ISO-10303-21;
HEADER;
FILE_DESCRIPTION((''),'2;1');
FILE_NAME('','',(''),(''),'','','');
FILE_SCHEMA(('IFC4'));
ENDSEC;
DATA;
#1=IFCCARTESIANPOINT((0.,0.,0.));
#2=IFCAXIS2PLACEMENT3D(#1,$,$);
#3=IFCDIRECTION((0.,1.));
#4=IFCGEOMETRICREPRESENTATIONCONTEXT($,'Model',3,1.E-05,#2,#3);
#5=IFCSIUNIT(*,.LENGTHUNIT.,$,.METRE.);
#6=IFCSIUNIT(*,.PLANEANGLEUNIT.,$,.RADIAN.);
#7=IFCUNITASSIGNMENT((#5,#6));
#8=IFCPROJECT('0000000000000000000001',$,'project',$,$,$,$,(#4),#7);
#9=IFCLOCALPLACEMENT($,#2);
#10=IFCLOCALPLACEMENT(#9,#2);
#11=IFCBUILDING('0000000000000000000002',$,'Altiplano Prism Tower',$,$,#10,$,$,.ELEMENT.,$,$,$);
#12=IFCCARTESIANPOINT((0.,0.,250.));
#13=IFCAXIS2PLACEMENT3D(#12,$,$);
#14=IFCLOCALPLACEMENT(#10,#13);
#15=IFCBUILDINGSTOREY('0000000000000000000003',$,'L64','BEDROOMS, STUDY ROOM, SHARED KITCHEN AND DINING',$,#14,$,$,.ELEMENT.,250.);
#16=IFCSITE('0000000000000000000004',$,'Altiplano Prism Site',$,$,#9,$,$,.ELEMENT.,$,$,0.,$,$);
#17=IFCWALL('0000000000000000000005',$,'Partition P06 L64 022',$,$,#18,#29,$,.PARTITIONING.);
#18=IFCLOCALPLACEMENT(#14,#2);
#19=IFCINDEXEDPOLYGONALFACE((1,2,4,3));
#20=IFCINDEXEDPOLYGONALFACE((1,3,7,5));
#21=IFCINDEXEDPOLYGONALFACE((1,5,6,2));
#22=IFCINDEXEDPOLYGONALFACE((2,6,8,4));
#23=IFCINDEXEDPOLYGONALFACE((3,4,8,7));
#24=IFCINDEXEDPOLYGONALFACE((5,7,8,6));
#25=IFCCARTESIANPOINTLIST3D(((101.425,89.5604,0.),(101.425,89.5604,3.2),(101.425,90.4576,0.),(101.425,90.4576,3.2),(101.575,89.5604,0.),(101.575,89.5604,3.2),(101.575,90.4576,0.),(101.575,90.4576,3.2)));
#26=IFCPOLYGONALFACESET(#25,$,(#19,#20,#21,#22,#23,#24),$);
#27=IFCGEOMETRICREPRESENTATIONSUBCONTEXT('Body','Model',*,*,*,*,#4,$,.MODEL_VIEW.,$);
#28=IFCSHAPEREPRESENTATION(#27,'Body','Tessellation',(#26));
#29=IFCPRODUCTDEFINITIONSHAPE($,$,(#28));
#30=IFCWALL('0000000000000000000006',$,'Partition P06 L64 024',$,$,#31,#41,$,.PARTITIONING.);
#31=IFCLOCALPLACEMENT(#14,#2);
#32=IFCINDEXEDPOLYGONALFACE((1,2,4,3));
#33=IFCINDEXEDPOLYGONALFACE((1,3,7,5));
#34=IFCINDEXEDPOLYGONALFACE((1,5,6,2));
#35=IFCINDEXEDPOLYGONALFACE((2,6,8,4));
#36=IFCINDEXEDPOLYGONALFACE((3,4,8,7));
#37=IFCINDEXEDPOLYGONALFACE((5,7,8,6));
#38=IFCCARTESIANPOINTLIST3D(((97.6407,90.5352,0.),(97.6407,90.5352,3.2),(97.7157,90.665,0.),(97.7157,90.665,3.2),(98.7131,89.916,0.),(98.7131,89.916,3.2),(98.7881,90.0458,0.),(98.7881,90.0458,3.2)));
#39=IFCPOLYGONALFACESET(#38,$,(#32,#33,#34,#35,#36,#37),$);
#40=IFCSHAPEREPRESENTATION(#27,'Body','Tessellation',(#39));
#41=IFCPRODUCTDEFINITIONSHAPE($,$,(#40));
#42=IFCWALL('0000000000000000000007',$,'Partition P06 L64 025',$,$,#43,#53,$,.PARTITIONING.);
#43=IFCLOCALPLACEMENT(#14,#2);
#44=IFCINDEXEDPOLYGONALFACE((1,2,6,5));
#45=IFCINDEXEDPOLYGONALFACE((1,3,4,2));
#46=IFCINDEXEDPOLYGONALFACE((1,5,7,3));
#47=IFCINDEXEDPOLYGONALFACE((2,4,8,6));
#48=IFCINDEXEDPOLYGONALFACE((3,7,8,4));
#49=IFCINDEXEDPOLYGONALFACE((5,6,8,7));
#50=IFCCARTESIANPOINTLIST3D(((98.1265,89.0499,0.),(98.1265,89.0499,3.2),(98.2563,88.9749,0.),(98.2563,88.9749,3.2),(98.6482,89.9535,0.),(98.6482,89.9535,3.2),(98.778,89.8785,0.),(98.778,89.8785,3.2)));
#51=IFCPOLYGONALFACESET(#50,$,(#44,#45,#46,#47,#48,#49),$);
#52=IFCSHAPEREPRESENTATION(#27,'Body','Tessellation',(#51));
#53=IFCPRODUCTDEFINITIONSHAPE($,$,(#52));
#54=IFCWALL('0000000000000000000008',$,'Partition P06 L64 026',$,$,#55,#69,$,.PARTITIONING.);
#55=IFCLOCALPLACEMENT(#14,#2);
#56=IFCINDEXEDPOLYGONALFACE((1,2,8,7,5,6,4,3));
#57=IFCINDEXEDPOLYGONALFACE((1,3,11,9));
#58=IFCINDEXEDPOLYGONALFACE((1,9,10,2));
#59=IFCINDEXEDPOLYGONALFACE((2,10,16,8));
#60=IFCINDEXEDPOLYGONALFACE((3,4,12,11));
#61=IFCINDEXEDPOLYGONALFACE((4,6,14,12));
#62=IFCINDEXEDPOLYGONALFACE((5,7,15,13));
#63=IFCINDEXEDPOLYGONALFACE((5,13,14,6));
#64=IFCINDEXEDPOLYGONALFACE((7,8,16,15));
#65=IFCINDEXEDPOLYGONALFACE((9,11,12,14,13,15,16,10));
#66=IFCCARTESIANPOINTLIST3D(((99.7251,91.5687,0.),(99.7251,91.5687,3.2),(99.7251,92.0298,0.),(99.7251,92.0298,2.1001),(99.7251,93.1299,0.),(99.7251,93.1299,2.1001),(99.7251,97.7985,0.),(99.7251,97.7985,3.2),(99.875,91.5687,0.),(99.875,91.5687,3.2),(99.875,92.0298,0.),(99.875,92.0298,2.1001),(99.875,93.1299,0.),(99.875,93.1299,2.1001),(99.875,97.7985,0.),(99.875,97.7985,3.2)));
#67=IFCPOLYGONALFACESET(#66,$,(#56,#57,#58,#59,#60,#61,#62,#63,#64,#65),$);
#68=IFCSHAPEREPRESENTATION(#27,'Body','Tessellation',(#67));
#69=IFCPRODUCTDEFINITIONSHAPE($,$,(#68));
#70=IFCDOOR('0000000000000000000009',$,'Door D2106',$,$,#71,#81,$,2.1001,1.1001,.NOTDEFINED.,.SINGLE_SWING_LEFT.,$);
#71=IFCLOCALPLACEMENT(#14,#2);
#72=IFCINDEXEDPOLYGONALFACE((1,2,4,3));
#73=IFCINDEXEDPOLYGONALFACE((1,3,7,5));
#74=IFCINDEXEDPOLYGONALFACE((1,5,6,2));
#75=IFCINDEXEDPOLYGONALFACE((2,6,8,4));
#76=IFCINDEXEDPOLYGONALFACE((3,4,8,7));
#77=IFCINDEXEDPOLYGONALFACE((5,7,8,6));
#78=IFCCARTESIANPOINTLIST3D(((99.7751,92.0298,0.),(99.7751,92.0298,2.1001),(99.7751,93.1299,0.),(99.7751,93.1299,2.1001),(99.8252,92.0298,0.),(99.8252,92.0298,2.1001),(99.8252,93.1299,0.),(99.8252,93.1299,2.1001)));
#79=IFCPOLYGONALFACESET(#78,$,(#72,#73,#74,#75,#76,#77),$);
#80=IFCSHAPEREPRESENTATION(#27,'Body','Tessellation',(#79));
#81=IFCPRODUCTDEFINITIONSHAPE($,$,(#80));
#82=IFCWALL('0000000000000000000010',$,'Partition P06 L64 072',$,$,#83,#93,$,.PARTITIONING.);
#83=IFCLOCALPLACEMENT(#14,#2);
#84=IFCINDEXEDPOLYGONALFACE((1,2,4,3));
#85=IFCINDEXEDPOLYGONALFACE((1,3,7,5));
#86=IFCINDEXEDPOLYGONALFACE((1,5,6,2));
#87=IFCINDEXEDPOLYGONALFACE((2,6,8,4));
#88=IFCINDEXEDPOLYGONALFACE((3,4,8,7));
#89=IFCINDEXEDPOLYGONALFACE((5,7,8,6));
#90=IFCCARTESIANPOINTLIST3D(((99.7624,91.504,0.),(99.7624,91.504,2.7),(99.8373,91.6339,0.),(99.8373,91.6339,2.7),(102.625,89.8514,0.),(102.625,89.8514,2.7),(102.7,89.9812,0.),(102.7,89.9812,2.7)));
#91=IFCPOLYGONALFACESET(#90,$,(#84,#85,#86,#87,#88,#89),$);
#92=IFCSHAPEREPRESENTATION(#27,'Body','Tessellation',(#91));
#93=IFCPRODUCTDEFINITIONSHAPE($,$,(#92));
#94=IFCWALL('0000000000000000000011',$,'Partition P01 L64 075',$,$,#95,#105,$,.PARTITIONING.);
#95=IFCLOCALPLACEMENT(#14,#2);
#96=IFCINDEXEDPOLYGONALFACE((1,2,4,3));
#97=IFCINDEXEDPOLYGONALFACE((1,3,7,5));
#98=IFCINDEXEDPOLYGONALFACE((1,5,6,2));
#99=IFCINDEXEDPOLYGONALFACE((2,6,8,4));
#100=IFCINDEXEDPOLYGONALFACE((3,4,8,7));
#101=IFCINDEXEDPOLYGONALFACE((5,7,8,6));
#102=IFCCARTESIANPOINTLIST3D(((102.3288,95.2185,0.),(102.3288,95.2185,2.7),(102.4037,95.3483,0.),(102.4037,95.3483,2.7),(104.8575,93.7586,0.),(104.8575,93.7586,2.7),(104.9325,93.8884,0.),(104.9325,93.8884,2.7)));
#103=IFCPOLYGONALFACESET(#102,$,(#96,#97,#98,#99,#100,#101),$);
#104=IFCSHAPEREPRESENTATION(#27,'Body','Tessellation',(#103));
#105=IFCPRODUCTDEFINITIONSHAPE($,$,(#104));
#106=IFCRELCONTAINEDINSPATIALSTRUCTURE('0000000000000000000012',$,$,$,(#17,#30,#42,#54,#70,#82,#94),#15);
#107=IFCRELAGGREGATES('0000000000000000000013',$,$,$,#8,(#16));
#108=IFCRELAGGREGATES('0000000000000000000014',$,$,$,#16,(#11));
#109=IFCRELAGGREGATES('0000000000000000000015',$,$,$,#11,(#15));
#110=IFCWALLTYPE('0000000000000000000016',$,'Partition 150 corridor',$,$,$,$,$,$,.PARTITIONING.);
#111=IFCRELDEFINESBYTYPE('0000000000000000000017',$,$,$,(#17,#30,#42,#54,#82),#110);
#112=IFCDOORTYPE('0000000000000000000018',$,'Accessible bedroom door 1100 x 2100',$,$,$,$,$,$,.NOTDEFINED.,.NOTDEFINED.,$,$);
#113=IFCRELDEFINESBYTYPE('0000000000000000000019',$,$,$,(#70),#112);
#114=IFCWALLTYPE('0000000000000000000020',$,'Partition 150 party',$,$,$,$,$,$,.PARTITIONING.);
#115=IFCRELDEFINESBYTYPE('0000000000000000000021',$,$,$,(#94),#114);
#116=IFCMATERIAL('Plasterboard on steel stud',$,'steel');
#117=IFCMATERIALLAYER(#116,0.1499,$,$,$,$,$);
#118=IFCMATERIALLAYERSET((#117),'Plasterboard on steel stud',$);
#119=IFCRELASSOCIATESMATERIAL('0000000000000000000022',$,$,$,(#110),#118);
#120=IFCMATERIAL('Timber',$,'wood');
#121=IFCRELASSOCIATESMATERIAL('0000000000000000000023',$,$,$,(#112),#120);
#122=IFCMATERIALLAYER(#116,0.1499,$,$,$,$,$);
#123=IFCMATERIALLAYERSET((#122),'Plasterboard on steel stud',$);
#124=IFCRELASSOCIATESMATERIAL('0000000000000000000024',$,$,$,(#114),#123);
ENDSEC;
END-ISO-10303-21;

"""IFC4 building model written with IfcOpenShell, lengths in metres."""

from ifc_helpers import new_model, si_unit, direction, frame, frame_2d, origin, place, context, subcontext, project, spatial, rectangle, extrude, material, layer, layer_set, type_object, element, fill, save


model = new_model("IFC4")

# Units and contexts
model_context = context("Model", 3, precision=1e-05, world=origin(), true_north=direction((0.0, 1.0)))
body_context = subcontext(model_context, "Body", "Model", "MODEL_VIEW")
ifc_project = project(units=[si_unit("LENGTHUNIT", "METRE"), si_unit("PLANEANGLEUNIT", "RADIAN")], contexts=[model_context])

# Site, building, storey
site_placement = place(None, origin())
site = spatial("IfcSite", under=ifc_project, at=site_placement, Name="Altiplano Prism Site", CompositionType="ELEMENT", RefElevation=0.0)
building_placement = place(site_placement, origin())
building = spatial("IfcBuilding", under=site, at=building_placement, Name="Altiplano Prism Tower", CompositionType="ELEMENT")
storey_placement = place(building_placement, frame((0.0, 0.0, 250.0)))
storey = spatial("IfcBuildingStorey", under=building, at=storey_placement, Name="L64", Description="BEDROOMS, STUDY ROOM, SHARED KITCHEN AND DINING", CompositionType="ELEMENT", Elevation=250.0)

# Shared definitions
ifc_material_1 = material(Name="Plasterboard on steel stud", Category="steel")
ifc_material_2 = material(Name="Timber", Category="wood")

# Walls
ifc_layer_1 = layer(ifc_material_1, 0.1499)
ifc_layer_set_1 = layer_set([ifc_layer_1], Name="Plasterboard on steel stud")
wall_type_1 = type_object("IfcWallType", Name="Partition 150 corridor", PredefinedType="PARTITIONING", material=ifc_layer_set_1)
wall_1_placement = place(storey_placement, frame((101.5, 89.5603, 0.0), z_axis=(0.0, 0.0, 1.0), x_axis=(0.0, 1.0, 0.0)))
element("IfcWall", 1, at=wall_1_placement, inside=storey, type_object=wall_type_1, Name="Partition P06 L64 022", PredefinedType="PARTITIONING", context=body_context, shape_type="SweptSolid", body=[
    extrude(rectangle(XDim=0.8972, YDim=0.1499, at=frame_2d((0.4487, 0.0))), origin(), (0.0, 0.0, 1.0), 3.2),
])
wall_2_placement = place(storey_placement, frame((97.6782, 90.6001, 0.0), z_axis=(0.0, 0.0, 1.0), x_axis=(0.866002, -0.500041, 0.0)))
element("IfcWall", 2, at=wall_2_placement, inside=storey, type_object=wall_type_1, Name="Partition P06 L64 024", PredefinedType="PARTITIONING", context=body_context, shape_type="SweptSolid", body=[
    extrude(rectangle(XDim=1.2383, YDim=0.1499, at=frame_2d((0.6191, 0.0))), origin(), (0.0, 0.0, 1.0), 3.2),
])
wall_3_placement = place(storey_placement, frame((98.7131, 89.916, 0.0), z_axis=(0.0, 0.0, 1.0), x_axis=(-0.50004, -0.866002, 0.0)))
element("IfcWall", 3, at=wall_3_placement, inside=storey, type_object=wall_type_1, Name="Partition P06 L64 025", PredefinedType="PARTITIONING", context=body_context, shape_type="SweptSolid", body=[
    extrude(rectangle(XDim=1.0435, YDim=0.1499, at=frame_2d((0.5217, 0.0))), origin(), (0.0, 0.0, 1.0), 3.2),
])

# Wall, opening, door
wall_4_placement = place(storey_placement, frame((99.8, 91.5688, 0.0), z_axis=(0.0, 0.0, 1.0), x_axis=(0.0, 1.0, 0.0)))
wall_4 = element("IfcWall", 4, at=wall_4_placement, inside=storey, type_object=wall_type_1, Name="Partition P06 L64 026", PredefinedType="PARTITIONING", context=body_context, shape_type="SweptSolid", body=[
    extrude(rectangle(XDim=6.2297, YDim=0.1499, at=frame_2d((3.1147, 0.0))), origin(), (0.0, 0.0, 1.0), 3.2),
])
opening_1_placement = place(wall_4_placement, frame((0.4609, 0.0, 0.0)))
opening_1 = element("IfcOpeningElement", 5, at=opening_1_placement, cuts=wall_4, PredefinedType="OPENING", context=body_context, shape_type="SweptSolid", body=[
    extrude(rectangle(XDim=1.1001, YDim=2.1001, at=frame_2d((0.55, 1.05))), frame((0.0, 0.0854, 0.0), z_axis=(0.0, -1.0, 0.0), x_axis=(1.0, 0.0, 0.0)), (0.0, 0.0, 1.0), 0.1709),
])
door_type_1 = type_object("IfcDoorType", Name="Accessible bedroom door 1100 x 2100", OperationType="NOTDEFINED", PredefinedType="NOTDEFINED", material=ifc_material_2)
door_1_placement = place(opening_1_placement, origin())
door_1 = element("IfcDoor", 6, at=door_1_placement, inside=storey, type_object=door_type_1, Name="Door D2106", OperationType="SINGLE_SWING_LEFT", OverallHeight=2.1001, OverallWidth=1.1001, PredefinedType="NOTDEFINED", context=body_context, shape_type="SweptSolid", body=[
    extrude(rectangle(XDim=1.1001, YDim=2.1001, at=frame_2d((0.55, 1.05))), frame((0.0, 0.0249, 0.0), z_axis=(0.0, -1.0, 0.0), x_axis=(1.0, 0.0, 0.0)), (0.0, 0.0, 1.0), 0.05),
])
fill(opening_1, door_1)

# Walls
wall_5_placement = place(storey_placement, frame((102.6626, 89.9163, 0.0), z_axis=(0.0, 0.0, 1.0), x_axis=(-0.866039, 0.499976, 0.0)))
element("IfcWall", 7, at=wall_5_placement, inside=storey, type_object=wall_type_1, Name="Partition P06 L64 072", PredefinedType="PARTITIONING", context=body_context, shape_type="SweptSolid", body=[
    extrude(rectangle(XDim=3.3054, YDim=0.1499, at=frame_2d((1.6528, 0.0))), origin(), (0.0, 0.0, 1.0), 2.7),
])
ifc_layer_2 = layer(ifc_material_1, 0.1499)
ifc_layer_set_2 = layer_set([ifc_layer_2], Name="Plasterboard on steel stud")
wall_type_2 = type_object("IfcWallType", Name="Partition 150 party", PredefinedType="PARTITIONING", material=ifc_layer_set_2)
wall_6_placement = place(storey_placement, frame((104.895, 93.8235, 0.0), z_axis=(0.0, 0.0, 1.0), x_axis=(-0.866032, 0.499988, 0.0)))
element("IfcWall", 8, at=wall_6_placement, inside=storey, type_object=wall_type_2, Name="Partition P01 L64 075", PredefinedType="PARTITIONING", context=body_context, shape_type="SweptSolid", body=[
    extrude(rectangle(XDim=2.9199, YDim=0.1499, at=frame_2d((1.46, 0.0))), origin(), (0.0, 0.0, 1.0), 2.7),
])

save(model, "model.ifc")
